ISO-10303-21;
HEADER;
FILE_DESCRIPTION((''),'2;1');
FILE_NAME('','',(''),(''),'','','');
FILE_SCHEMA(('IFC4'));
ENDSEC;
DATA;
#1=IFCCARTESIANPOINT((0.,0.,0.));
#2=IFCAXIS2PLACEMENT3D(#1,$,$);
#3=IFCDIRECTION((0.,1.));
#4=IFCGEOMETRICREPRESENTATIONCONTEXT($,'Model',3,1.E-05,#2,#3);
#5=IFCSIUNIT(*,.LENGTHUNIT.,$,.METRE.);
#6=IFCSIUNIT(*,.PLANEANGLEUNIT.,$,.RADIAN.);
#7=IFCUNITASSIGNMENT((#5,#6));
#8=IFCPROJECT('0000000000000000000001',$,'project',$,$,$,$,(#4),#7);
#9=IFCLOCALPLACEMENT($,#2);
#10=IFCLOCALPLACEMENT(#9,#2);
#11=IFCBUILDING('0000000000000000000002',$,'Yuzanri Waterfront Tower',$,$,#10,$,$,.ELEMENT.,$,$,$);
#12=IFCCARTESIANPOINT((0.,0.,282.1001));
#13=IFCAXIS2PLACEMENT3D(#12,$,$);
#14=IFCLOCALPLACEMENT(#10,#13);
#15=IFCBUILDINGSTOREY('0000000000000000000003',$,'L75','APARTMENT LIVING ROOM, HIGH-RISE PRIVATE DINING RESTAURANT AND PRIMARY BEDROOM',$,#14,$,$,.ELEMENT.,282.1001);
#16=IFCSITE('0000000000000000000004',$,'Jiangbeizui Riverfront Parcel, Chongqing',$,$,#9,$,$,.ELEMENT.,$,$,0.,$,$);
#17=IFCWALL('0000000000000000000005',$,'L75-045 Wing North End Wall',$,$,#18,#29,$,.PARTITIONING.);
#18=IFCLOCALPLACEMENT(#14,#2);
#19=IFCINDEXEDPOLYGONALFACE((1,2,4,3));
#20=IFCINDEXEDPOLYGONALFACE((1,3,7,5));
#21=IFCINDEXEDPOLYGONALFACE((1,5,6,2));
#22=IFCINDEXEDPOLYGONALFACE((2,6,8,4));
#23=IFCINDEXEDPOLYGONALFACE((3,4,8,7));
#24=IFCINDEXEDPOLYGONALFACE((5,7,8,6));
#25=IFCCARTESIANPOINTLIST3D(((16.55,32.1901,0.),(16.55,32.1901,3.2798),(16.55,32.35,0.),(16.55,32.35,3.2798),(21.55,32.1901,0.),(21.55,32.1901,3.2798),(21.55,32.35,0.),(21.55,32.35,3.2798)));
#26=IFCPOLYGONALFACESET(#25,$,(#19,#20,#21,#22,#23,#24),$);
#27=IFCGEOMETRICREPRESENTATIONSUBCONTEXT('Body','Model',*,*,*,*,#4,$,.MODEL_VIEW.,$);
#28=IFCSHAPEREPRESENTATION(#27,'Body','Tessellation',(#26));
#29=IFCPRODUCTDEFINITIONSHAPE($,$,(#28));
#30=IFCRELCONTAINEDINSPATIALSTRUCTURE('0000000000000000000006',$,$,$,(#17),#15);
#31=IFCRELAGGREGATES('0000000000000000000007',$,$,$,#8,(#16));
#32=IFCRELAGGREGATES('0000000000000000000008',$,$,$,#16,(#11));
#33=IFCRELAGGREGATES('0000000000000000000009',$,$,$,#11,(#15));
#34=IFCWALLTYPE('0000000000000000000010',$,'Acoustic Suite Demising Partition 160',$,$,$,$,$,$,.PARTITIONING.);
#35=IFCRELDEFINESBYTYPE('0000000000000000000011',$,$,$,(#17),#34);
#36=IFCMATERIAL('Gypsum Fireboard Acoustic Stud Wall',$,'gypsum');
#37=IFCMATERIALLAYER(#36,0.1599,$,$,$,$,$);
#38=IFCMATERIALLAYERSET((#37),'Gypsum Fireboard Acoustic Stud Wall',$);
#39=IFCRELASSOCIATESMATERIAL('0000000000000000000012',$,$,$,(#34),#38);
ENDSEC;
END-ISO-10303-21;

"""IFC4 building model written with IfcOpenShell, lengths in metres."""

from ifc_helpers import new_model, si_unit, direction, frame, frame_2d, origin, place, context, subcontext, project, spatial, rectangle, extrude, source, transform, mapped, material, layer, layer_set, type_object, element, save


model = new_model("IFC4")

# Units and contexts
model_context = context("Model", 3, precision=1e-05, world=origin(), true_north=direction((0.0, 1.0)))
body_context = subcontext(model_context, "Body", "Model", "MODEL_VIEW")
ifc_project = project(units=[si_unit("LENGTHUNIT", "METRE"), si_unit("PLANEANGLEUNIT", "RADIAN")], contexts=[model_context])

# Site, building, storey
site_placement = place(None, origin())
site = spatial("IfcSite", under=ifc_project, at=site_placement, Name="Jiangbeizui Riverfront Parcel, Chongqing", CompositionType="ELEMENT", RefElevation=0.0)
building_placement = place(site_placement, origin())
building = spatial("IfcBuilding", under=site, at=building_placement, Name="Yuzanri Waterfront Tower", CompositionType="ELEMENT")
storey_placement = place(building_placement, frame((0.0, 0.0, 282.1001)))
storey = spatial("IfcBuildingStorey", under=building, at=storey_placement, Name="L75", Description="APARTMENT LIVING ROOM, HIGH-RISE PRIVATE DINING RESTAURANT AND PRIMARY BEDROOM", CompositionType="ELEMENT", Elevation=282.1001)

# Wall
ifc_material_1 = material(Name="Gypsum Fireboard Acoustic Stud Wall", Category="gypsum")
ifc_layer_1 = layer(ifc_material_1, 0.1599)
ifc_layer_set_1 = layer_set([ifc_layer_1], Name="Gypsum Fireboard Acoustic Stud Wall")
wall_type_1 = type_object("IfcWallType", Name="Acoustic Suite Demising Partition 160", PredefinedType="PARTITIONING", material=ifc_layer_set_1)
shared_shape_1 = source(origin(), body_context, "Body", "SweptSolid", [
    extrude(rectangle(XDim=5.0, YDim=0.1599, at=frame_2d((2.5, 0.0))), origin(), (0.0, 0.0, 1.0), 3.2798),
])
wall_1_placement = place(storey_placement, frame((16.55, 32.27, 0.0), z_axis=(0.0, 0.0, 1.0), x_axis=(1.0, 0.0, 0.0)))
element("IfcWall", 1, at=wall_1_placement, inside=storey, type_object=wall_type_1, Name="L75-045 Wing North End Wall", PredefinedType="PARTITIONING", context=body_context, shape_type="MappedRepresentation", body=[
    mapped(shared_shape_1, transform((0.0, 0.0, 0.0), scale=1.0)),
])

save(model, "model.ifc")
